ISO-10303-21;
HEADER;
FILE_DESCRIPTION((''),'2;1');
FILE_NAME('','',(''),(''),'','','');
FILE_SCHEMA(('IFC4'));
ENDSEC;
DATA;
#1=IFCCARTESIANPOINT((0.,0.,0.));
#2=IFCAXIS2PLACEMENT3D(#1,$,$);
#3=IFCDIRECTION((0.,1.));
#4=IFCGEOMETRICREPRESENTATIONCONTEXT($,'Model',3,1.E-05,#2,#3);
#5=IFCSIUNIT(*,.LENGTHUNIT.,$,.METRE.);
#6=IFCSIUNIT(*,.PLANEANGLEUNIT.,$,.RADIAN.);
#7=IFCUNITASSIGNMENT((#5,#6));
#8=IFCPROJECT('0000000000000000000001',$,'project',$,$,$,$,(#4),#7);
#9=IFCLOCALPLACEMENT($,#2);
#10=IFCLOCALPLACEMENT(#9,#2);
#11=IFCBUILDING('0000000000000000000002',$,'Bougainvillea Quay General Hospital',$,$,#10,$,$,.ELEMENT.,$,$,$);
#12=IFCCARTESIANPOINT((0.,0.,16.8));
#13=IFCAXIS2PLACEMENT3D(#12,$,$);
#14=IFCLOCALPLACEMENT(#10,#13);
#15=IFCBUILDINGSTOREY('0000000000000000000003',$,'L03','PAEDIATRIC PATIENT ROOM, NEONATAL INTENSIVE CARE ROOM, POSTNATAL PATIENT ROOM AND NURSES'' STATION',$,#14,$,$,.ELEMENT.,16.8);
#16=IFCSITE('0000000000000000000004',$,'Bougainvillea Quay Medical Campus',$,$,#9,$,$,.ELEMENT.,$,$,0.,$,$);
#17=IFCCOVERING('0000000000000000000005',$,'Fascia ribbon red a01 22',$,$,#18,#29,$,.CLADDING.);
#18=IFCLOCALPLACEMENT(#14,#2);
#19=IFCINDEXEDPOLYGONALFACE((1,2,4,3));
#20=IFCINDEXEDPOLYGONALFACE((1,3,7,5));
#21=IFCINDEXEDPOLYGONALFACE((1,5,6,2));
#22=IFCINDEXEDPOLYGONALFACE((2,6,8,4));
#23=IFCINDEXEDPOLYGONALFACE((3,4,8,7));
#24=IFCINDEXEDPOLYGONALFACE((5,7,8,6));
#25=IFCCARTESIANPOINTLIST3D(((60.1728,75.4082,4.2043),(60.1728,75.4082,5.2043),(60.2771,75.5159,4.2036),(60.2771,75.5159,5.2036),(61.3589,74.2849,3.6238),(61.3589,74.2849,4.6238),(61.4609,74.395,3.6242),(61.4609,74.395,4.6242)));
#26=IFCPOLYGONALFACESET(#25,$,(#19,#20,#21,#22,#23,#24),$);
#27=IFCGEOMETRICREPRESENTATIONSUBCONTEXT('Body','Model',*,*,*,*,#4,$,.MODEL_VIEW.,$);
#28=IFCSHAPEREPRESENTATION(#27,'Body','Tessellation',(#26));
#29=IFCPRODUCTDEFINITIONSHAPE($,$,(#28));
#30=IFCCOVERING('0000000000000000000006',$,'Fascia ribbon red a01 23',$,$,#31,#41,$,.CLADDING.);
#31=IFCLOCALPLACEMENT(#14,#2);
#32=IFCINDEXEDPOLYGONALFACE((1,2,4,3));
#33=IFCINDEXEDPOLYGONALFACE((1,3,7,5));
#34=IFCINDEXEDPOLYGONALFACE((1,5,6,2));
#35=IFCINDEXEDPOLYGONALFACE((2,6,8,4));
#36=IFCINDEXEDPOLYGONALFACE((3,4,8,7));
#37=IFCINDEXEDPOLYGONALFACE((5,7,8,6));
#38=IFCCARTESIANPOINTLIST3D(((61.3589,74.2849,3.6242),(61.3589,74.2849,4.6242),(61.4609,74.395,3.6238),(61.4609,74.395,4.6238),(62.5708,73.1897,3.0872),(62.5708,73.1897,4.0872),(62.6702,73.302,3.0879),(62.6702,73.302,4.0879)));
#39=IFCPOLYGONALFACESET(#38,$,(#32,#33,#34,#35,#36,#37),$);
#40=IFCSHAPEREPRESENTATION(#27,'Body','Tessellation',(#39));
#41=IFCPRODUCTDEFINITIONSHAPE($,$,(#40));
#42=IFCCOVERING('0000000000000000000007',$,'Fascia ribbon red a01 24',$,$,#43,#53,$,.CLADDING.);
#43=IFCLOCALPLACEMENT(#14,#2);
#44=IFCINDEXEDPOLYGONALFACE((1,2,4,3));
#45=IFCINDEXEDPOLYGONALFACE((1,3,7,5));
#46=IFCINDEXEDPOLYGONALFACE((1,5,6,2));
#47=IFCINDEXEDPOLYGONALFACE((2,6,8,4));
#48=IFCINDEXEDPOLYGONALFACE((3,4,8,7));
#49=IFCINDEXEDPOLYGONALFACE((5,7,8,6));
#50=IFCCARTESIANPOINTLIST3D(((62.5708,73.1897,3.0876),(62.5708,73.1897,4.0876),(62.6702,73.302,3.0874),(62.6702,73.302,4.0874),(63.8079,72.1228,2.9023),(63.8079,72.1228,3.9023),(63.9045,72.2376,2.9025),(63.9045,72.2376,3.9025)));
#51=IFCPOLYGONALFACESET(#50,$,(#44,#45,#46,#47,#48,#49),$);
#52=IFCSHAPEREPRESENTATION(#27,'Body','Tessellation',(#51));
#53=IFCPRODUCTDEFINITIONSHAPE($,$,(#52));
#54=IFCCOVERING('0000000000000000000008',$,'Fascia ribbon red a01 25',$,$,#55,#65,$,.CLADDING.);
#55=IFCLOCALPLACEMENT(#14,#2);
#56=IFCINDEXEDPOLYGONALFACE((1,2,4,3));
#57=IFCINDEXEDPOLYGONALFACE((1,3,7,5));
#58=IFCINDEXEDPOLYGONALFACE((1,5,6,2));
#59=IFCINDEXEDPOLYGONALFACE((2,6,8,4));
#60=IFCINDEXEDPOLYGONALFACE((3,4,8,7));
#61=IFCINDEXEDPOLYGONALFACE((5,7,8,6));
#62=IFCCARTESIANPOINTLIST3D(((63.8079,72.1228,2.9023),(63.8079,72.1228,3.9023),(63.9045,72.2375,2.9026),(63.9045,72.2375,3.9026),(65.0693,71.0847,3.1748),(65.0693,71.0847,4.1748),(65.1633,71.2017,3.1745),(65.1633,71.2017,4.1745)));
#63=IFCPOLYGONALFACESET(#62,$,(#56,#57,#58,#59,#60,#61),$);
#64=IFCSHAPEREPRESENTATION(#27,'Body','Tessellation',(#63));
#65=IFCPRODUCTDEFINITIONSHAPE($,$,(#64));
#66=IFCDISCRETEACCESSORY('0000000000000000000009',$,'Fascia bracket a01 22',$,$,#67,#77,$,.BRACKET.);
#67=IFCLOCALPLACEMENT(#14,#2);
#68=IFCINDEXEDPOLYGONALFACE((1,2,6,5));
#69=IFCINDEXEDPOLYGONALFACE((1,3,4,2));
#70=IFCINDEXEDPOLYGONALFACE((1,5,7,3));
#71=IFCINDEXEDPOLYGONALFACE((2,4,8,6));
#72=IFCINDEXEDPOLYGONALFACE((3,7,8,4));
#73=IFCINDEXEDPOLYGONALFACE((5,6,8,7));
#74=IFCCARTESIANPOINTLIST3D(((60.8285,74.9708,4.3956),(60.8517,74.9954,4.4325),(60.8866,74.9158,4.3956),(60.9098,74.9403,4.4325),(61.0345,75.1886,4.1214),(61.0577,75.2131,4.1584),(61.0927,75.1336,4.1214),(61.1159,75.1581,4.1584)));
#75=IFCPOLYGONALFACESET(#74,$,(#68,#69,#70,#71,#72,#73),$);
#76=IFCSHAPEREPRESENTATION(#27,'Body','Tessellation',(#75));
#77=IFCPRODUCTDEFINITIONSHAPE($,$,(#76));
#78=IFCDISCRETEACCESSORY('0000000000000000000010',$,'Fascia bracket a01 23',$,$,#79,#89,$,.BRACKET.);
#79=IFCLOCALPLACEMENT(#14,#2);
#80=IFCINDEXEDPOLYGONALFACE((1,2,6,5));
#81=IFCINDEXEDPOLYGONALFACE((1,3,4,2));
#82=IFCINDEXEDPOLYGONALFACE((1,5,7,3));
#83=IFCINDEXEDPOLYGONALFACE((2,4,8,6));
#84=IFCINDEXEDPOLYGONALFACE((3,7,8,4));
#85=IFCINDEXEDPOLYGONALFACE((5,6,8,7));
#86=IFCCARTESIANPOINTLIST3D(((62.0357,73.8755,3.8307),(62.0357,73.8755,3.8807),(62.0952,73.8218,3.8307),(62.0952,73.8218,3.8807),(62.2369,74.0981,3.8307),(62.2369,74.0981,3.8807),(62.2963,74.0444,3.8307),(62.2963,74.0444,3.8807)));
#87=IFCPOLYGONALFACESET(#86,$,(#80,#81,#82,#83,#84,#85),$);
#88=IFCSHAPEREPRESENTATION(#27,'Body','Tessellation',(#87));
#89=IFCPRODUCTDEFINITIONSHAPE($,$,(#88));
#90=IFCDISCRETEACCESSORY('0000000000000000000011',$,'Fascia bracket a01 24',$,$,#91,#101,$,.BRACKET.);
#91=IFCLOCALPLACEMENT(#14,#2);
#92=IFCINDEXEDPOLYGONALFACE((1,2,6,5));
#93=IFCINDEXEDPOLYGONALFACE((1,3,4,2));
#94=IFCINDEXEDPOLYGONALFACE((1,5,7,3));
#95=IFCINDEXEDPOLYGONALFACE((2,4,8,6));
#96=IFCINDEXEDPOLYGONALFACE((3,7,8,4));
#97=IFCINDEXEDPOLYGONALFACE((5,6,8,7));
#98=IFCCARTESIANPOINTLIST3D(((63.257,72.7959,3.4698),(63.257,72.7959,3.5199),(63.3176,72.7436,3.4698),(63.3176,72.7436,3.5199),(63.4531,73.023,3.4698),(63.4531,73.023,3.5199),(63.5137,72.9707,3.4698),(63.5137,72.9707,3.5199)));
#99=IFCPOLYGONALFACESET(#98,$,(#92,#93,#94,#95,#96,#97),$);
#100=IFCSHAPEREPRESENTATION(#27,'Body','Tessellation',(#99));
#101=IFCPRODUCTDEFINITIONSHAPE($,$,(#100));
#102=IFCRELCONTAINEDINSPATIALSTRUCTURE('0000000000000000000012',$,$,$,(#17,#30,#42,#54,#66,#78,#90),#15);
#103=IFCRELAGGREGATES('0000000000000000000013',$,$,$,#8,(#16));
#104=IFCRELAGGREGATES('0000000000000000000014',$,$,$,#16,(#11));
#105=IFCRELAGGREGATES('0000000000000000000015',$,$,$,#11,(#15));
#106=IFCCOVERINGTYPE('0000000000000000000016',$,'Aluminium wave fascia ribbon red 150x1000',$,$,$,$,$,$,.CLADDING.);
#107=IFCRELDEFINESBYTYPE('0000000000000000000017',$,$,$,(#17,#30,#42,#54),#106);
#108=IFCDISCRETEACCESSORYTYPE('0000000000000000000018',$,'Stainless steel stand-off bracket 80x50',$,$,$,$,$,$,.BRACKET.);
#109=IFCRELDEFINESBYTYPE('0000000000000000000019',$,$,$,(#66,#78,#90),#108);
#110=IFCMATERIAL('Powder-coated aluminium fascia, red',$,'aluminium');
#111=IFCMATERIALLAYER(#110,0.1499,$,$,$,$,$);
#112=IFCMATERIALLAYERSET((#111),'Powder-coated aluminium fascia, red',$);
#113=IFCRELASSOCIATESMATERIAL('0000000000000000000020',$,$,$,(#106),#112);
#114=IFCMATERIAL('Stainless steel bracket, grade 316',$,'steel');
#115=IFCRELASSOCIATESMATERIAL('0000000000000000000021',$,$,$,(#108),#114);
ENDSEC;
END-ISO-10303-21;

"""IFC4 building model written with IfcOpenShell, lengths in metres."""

from ifc_helpers import new_model, si_unit, direction, frame, origin, origin_2d, place, context, subcontext, project, spatial, polyline, rectangle, outline, extrude, material, layer, layer_set, material_profile, profile_set, type_object, element, save


model = new_model("IFC4")

# Units and contexts
model_context = context("Model", 3, precision=1e-05, world=origin(), true_north=direction((0.0, 1.0)))
body_context = subcontext(model_context, "Body", "Model", "MODEL_VIEW")
ifc_project = project(units=[si_unit("LENGTHUNIT", "METRE"), si_unit("PLANEANGLEUNIT", "RADIAN")], contexts=[model_context])

# Site, building, storey
site_placement = place(None, origin())
site = spatial("IfcSite", under=ifc_project, at=site_placement, Name="Bougainvillea Quay Medical Campus", CompositionType="ELEMENT", RefElevation=0.0)
building_placement = place(site_placement, origin())
building = spatial("IfcBuilding", under=site, at=building_placement, Name="Bougainvillea Quay General Hospital", CompositionType="ELEMENT")
storey_placement = place(building_placement, frame((0.0, 0.0, 16.8)))
storey = spatial("IfcBuildingStorey", under=building, at=storey_placement, Name="L03", Description="PAEDIATRIC PATIENT ROOM, NEONATAL INTENSIVE CARE ROOM, POSTNATAL PATIENT ROOM AND NURSES' STATION", CompositionType="ELEMENT", Elevation=16.8)

# Coverings
ifc_material_1 = material(Name="Powder-coated aluminium fascia, red", Category="aluminium")
ifc_layer_1 = layer(ifc_material_1, 0.1499)
ifc_layer_set_1 = layer_set([ifc_layer_1], Name="Powder-coated aluminium fascia, red")
covering_type = type_object("IfcCoveringType", Name="Aluminium wave fascia ribbon red 150x1000", PredefinedType="CLADDING", material=ifc_layer_set_1)
covering_1_placement = place(storey_placement, frame((60.2771, 75.5159, 4.2036), z_axis=(0.243632, -0.229739, 0.942265), x_axis=(0.684236, -0.64783, -0.334868)))
element("IfcCovering", 1, at=covering_1_placement, inside=storey, type_object=covering_type, Name="Fascia ribbon red a01 22", PredefinedType="CLADDING", context=body_context, shape_type="SweptSolid", body=[
    extrude(outline(polyline([(0.0, 0.0), (1.7301, 0.0), (1.7318, -0.1501), (-0.0018, -0.1499), (0.0, 0.0)])), origin(), (-0.334868, -0.000637, 0.942265), 1.0),
])
covering_2_placement = place(storey_placement, frame((61.4609, 74.395, 3.6238), z_axis=(0.230997, -0.210233, 0.94997), x_axis=(0.70474, -0.637012, -0.31234)))
element("IfcCovering", 2, at=covering_2_placement, inside=storey, type_object=covering_type, Name="Fascia ribbon red a01 23", PredefinedType="CLADDING", context=body_context, shape_type="SweptSolid", body=[
    extrude(outline(polyline([(0.0, 0.0), (1.7158, 0.0), (1.7176, -0.1499), (-0.0019, -0.1501), (0.0, 0.0)])), origin(), (-0.31234, 0.001012, 0.94997), 1.0),
])
covering_3_placement = place(storey_placement, frame((62.6702, 73.302, 3.0874), z_axis=(0.085293, -0.073645, 0.99363), x_axis=(0.752484, -0.648898, -0.112688)))
element("IfcCovering", 3, at=covering_3_placement, inside=storey, type_object=covering_type, Name="Fascia ribbon red a01 24", PredefinedType="CLADDING", context=body_context, shape_type="SweptSolid", body=[
    extrude(outline(polyline([(0.0, 0.0), (1.6404, 0.0), (1.6421, -0.15), (-0.0019, -0.1499), (0.0, 0.0)])), origin(), (-0.112688, 0.000071, 0.99363), 1.0),
])
covering_4_placement = place(storey_placement, frame((63.9045, 72.2375, 2.9026), z_axis=(-0.127041, 0.104551, 0.986372), x_axis=(0.761636, -0.626769, 0.164531)))
element("IfcCovering", 4, at=covering_4_placement, inside=storey, type_object=covering_type, Name="Fascia ribbon red a01 25", PredefinedType="CLADDING", context=body_context, shape_type="SweptSolid", body=[
    extrude(outline(polyline([(0.0, 0.0), (1.6528, 0.0), (1.6545, -0.15), (-0.0018, -0.15), (0.0, 0.0)])), origin(), (0.164531, -0.000005, 0.986372), 1.0),
])

# Discrete accessories
ifc_material_2 = material(Name="Stainless steel bracket, grade 316", Category="steel")
ifc_material_profile_1 = material_profile(ifc_material_2, rectangle(XDim=0.0801, YDim=0.05, at=origin_2d()))
ifc_profile_set_1 = profile_set([ifc_material_profile_1], Name="Stainless steel bracket, grade 316")
discrete_accessory_type = type_object("IfcDiscreteAccessoryType", Name="Stainless steel stand-off bracket 80x50", PredefinedType="BRACKET", material=ifc_profile_set_1)
discrete_accessory_placement = place(storey_placement, frame((61.0752, 75.1733, 4.1399), z_axis=(-0.50719, -0.536035, 0.674851), x_axis=(0.726381, -0.687293, 0.0)))
element("IfcDiscreteAccessory", 5, at=discrete_accessory_placement, inside=storey, type_object=discrete_accessory_type, Name="Fascia bracket a01 22", PredefinedType="BRACKET", context=body_context, shape_type="SweptSolid", body=[
    extrude(rectangle(XDim=0.0801, YDim=0.05, at=origin_2d()), origin(), (0.0, 0.0, 1.0), 0.4062),
])
for number, where, z_axis, x_axis, name in (
    (6, (62.2666, 74.0713, 3.8557), (-0.670402, -0.741998, 0.0), (0.741998, -0.670402, 0.0), "Fascia bracket a01 23"),
    (7, (63.4834, 72.9968, 3.4949), (-0.653535, -0.756896, 0.0), (0.756896, -0.653535, 0.0), "Fascia bracket a01 24"),
):
    element("IfcDiscreteAccessory", number, at=place(storey_placement, frame(where, z_axis=z_axis, x_axis=x_axis)), inside=storey, type_object=discrete_accessory_type, Name=name, PredefinedType="BRACKET", context=body_context, shape_type="SweptSolid", body=[
        extrude(rectangle(XDim=0.0801, YDim=0.05, at=origin_2d()), origin(), (0.0, 0.0, 1.0), 0.3),
    ])

save(model, "model.ifc")
